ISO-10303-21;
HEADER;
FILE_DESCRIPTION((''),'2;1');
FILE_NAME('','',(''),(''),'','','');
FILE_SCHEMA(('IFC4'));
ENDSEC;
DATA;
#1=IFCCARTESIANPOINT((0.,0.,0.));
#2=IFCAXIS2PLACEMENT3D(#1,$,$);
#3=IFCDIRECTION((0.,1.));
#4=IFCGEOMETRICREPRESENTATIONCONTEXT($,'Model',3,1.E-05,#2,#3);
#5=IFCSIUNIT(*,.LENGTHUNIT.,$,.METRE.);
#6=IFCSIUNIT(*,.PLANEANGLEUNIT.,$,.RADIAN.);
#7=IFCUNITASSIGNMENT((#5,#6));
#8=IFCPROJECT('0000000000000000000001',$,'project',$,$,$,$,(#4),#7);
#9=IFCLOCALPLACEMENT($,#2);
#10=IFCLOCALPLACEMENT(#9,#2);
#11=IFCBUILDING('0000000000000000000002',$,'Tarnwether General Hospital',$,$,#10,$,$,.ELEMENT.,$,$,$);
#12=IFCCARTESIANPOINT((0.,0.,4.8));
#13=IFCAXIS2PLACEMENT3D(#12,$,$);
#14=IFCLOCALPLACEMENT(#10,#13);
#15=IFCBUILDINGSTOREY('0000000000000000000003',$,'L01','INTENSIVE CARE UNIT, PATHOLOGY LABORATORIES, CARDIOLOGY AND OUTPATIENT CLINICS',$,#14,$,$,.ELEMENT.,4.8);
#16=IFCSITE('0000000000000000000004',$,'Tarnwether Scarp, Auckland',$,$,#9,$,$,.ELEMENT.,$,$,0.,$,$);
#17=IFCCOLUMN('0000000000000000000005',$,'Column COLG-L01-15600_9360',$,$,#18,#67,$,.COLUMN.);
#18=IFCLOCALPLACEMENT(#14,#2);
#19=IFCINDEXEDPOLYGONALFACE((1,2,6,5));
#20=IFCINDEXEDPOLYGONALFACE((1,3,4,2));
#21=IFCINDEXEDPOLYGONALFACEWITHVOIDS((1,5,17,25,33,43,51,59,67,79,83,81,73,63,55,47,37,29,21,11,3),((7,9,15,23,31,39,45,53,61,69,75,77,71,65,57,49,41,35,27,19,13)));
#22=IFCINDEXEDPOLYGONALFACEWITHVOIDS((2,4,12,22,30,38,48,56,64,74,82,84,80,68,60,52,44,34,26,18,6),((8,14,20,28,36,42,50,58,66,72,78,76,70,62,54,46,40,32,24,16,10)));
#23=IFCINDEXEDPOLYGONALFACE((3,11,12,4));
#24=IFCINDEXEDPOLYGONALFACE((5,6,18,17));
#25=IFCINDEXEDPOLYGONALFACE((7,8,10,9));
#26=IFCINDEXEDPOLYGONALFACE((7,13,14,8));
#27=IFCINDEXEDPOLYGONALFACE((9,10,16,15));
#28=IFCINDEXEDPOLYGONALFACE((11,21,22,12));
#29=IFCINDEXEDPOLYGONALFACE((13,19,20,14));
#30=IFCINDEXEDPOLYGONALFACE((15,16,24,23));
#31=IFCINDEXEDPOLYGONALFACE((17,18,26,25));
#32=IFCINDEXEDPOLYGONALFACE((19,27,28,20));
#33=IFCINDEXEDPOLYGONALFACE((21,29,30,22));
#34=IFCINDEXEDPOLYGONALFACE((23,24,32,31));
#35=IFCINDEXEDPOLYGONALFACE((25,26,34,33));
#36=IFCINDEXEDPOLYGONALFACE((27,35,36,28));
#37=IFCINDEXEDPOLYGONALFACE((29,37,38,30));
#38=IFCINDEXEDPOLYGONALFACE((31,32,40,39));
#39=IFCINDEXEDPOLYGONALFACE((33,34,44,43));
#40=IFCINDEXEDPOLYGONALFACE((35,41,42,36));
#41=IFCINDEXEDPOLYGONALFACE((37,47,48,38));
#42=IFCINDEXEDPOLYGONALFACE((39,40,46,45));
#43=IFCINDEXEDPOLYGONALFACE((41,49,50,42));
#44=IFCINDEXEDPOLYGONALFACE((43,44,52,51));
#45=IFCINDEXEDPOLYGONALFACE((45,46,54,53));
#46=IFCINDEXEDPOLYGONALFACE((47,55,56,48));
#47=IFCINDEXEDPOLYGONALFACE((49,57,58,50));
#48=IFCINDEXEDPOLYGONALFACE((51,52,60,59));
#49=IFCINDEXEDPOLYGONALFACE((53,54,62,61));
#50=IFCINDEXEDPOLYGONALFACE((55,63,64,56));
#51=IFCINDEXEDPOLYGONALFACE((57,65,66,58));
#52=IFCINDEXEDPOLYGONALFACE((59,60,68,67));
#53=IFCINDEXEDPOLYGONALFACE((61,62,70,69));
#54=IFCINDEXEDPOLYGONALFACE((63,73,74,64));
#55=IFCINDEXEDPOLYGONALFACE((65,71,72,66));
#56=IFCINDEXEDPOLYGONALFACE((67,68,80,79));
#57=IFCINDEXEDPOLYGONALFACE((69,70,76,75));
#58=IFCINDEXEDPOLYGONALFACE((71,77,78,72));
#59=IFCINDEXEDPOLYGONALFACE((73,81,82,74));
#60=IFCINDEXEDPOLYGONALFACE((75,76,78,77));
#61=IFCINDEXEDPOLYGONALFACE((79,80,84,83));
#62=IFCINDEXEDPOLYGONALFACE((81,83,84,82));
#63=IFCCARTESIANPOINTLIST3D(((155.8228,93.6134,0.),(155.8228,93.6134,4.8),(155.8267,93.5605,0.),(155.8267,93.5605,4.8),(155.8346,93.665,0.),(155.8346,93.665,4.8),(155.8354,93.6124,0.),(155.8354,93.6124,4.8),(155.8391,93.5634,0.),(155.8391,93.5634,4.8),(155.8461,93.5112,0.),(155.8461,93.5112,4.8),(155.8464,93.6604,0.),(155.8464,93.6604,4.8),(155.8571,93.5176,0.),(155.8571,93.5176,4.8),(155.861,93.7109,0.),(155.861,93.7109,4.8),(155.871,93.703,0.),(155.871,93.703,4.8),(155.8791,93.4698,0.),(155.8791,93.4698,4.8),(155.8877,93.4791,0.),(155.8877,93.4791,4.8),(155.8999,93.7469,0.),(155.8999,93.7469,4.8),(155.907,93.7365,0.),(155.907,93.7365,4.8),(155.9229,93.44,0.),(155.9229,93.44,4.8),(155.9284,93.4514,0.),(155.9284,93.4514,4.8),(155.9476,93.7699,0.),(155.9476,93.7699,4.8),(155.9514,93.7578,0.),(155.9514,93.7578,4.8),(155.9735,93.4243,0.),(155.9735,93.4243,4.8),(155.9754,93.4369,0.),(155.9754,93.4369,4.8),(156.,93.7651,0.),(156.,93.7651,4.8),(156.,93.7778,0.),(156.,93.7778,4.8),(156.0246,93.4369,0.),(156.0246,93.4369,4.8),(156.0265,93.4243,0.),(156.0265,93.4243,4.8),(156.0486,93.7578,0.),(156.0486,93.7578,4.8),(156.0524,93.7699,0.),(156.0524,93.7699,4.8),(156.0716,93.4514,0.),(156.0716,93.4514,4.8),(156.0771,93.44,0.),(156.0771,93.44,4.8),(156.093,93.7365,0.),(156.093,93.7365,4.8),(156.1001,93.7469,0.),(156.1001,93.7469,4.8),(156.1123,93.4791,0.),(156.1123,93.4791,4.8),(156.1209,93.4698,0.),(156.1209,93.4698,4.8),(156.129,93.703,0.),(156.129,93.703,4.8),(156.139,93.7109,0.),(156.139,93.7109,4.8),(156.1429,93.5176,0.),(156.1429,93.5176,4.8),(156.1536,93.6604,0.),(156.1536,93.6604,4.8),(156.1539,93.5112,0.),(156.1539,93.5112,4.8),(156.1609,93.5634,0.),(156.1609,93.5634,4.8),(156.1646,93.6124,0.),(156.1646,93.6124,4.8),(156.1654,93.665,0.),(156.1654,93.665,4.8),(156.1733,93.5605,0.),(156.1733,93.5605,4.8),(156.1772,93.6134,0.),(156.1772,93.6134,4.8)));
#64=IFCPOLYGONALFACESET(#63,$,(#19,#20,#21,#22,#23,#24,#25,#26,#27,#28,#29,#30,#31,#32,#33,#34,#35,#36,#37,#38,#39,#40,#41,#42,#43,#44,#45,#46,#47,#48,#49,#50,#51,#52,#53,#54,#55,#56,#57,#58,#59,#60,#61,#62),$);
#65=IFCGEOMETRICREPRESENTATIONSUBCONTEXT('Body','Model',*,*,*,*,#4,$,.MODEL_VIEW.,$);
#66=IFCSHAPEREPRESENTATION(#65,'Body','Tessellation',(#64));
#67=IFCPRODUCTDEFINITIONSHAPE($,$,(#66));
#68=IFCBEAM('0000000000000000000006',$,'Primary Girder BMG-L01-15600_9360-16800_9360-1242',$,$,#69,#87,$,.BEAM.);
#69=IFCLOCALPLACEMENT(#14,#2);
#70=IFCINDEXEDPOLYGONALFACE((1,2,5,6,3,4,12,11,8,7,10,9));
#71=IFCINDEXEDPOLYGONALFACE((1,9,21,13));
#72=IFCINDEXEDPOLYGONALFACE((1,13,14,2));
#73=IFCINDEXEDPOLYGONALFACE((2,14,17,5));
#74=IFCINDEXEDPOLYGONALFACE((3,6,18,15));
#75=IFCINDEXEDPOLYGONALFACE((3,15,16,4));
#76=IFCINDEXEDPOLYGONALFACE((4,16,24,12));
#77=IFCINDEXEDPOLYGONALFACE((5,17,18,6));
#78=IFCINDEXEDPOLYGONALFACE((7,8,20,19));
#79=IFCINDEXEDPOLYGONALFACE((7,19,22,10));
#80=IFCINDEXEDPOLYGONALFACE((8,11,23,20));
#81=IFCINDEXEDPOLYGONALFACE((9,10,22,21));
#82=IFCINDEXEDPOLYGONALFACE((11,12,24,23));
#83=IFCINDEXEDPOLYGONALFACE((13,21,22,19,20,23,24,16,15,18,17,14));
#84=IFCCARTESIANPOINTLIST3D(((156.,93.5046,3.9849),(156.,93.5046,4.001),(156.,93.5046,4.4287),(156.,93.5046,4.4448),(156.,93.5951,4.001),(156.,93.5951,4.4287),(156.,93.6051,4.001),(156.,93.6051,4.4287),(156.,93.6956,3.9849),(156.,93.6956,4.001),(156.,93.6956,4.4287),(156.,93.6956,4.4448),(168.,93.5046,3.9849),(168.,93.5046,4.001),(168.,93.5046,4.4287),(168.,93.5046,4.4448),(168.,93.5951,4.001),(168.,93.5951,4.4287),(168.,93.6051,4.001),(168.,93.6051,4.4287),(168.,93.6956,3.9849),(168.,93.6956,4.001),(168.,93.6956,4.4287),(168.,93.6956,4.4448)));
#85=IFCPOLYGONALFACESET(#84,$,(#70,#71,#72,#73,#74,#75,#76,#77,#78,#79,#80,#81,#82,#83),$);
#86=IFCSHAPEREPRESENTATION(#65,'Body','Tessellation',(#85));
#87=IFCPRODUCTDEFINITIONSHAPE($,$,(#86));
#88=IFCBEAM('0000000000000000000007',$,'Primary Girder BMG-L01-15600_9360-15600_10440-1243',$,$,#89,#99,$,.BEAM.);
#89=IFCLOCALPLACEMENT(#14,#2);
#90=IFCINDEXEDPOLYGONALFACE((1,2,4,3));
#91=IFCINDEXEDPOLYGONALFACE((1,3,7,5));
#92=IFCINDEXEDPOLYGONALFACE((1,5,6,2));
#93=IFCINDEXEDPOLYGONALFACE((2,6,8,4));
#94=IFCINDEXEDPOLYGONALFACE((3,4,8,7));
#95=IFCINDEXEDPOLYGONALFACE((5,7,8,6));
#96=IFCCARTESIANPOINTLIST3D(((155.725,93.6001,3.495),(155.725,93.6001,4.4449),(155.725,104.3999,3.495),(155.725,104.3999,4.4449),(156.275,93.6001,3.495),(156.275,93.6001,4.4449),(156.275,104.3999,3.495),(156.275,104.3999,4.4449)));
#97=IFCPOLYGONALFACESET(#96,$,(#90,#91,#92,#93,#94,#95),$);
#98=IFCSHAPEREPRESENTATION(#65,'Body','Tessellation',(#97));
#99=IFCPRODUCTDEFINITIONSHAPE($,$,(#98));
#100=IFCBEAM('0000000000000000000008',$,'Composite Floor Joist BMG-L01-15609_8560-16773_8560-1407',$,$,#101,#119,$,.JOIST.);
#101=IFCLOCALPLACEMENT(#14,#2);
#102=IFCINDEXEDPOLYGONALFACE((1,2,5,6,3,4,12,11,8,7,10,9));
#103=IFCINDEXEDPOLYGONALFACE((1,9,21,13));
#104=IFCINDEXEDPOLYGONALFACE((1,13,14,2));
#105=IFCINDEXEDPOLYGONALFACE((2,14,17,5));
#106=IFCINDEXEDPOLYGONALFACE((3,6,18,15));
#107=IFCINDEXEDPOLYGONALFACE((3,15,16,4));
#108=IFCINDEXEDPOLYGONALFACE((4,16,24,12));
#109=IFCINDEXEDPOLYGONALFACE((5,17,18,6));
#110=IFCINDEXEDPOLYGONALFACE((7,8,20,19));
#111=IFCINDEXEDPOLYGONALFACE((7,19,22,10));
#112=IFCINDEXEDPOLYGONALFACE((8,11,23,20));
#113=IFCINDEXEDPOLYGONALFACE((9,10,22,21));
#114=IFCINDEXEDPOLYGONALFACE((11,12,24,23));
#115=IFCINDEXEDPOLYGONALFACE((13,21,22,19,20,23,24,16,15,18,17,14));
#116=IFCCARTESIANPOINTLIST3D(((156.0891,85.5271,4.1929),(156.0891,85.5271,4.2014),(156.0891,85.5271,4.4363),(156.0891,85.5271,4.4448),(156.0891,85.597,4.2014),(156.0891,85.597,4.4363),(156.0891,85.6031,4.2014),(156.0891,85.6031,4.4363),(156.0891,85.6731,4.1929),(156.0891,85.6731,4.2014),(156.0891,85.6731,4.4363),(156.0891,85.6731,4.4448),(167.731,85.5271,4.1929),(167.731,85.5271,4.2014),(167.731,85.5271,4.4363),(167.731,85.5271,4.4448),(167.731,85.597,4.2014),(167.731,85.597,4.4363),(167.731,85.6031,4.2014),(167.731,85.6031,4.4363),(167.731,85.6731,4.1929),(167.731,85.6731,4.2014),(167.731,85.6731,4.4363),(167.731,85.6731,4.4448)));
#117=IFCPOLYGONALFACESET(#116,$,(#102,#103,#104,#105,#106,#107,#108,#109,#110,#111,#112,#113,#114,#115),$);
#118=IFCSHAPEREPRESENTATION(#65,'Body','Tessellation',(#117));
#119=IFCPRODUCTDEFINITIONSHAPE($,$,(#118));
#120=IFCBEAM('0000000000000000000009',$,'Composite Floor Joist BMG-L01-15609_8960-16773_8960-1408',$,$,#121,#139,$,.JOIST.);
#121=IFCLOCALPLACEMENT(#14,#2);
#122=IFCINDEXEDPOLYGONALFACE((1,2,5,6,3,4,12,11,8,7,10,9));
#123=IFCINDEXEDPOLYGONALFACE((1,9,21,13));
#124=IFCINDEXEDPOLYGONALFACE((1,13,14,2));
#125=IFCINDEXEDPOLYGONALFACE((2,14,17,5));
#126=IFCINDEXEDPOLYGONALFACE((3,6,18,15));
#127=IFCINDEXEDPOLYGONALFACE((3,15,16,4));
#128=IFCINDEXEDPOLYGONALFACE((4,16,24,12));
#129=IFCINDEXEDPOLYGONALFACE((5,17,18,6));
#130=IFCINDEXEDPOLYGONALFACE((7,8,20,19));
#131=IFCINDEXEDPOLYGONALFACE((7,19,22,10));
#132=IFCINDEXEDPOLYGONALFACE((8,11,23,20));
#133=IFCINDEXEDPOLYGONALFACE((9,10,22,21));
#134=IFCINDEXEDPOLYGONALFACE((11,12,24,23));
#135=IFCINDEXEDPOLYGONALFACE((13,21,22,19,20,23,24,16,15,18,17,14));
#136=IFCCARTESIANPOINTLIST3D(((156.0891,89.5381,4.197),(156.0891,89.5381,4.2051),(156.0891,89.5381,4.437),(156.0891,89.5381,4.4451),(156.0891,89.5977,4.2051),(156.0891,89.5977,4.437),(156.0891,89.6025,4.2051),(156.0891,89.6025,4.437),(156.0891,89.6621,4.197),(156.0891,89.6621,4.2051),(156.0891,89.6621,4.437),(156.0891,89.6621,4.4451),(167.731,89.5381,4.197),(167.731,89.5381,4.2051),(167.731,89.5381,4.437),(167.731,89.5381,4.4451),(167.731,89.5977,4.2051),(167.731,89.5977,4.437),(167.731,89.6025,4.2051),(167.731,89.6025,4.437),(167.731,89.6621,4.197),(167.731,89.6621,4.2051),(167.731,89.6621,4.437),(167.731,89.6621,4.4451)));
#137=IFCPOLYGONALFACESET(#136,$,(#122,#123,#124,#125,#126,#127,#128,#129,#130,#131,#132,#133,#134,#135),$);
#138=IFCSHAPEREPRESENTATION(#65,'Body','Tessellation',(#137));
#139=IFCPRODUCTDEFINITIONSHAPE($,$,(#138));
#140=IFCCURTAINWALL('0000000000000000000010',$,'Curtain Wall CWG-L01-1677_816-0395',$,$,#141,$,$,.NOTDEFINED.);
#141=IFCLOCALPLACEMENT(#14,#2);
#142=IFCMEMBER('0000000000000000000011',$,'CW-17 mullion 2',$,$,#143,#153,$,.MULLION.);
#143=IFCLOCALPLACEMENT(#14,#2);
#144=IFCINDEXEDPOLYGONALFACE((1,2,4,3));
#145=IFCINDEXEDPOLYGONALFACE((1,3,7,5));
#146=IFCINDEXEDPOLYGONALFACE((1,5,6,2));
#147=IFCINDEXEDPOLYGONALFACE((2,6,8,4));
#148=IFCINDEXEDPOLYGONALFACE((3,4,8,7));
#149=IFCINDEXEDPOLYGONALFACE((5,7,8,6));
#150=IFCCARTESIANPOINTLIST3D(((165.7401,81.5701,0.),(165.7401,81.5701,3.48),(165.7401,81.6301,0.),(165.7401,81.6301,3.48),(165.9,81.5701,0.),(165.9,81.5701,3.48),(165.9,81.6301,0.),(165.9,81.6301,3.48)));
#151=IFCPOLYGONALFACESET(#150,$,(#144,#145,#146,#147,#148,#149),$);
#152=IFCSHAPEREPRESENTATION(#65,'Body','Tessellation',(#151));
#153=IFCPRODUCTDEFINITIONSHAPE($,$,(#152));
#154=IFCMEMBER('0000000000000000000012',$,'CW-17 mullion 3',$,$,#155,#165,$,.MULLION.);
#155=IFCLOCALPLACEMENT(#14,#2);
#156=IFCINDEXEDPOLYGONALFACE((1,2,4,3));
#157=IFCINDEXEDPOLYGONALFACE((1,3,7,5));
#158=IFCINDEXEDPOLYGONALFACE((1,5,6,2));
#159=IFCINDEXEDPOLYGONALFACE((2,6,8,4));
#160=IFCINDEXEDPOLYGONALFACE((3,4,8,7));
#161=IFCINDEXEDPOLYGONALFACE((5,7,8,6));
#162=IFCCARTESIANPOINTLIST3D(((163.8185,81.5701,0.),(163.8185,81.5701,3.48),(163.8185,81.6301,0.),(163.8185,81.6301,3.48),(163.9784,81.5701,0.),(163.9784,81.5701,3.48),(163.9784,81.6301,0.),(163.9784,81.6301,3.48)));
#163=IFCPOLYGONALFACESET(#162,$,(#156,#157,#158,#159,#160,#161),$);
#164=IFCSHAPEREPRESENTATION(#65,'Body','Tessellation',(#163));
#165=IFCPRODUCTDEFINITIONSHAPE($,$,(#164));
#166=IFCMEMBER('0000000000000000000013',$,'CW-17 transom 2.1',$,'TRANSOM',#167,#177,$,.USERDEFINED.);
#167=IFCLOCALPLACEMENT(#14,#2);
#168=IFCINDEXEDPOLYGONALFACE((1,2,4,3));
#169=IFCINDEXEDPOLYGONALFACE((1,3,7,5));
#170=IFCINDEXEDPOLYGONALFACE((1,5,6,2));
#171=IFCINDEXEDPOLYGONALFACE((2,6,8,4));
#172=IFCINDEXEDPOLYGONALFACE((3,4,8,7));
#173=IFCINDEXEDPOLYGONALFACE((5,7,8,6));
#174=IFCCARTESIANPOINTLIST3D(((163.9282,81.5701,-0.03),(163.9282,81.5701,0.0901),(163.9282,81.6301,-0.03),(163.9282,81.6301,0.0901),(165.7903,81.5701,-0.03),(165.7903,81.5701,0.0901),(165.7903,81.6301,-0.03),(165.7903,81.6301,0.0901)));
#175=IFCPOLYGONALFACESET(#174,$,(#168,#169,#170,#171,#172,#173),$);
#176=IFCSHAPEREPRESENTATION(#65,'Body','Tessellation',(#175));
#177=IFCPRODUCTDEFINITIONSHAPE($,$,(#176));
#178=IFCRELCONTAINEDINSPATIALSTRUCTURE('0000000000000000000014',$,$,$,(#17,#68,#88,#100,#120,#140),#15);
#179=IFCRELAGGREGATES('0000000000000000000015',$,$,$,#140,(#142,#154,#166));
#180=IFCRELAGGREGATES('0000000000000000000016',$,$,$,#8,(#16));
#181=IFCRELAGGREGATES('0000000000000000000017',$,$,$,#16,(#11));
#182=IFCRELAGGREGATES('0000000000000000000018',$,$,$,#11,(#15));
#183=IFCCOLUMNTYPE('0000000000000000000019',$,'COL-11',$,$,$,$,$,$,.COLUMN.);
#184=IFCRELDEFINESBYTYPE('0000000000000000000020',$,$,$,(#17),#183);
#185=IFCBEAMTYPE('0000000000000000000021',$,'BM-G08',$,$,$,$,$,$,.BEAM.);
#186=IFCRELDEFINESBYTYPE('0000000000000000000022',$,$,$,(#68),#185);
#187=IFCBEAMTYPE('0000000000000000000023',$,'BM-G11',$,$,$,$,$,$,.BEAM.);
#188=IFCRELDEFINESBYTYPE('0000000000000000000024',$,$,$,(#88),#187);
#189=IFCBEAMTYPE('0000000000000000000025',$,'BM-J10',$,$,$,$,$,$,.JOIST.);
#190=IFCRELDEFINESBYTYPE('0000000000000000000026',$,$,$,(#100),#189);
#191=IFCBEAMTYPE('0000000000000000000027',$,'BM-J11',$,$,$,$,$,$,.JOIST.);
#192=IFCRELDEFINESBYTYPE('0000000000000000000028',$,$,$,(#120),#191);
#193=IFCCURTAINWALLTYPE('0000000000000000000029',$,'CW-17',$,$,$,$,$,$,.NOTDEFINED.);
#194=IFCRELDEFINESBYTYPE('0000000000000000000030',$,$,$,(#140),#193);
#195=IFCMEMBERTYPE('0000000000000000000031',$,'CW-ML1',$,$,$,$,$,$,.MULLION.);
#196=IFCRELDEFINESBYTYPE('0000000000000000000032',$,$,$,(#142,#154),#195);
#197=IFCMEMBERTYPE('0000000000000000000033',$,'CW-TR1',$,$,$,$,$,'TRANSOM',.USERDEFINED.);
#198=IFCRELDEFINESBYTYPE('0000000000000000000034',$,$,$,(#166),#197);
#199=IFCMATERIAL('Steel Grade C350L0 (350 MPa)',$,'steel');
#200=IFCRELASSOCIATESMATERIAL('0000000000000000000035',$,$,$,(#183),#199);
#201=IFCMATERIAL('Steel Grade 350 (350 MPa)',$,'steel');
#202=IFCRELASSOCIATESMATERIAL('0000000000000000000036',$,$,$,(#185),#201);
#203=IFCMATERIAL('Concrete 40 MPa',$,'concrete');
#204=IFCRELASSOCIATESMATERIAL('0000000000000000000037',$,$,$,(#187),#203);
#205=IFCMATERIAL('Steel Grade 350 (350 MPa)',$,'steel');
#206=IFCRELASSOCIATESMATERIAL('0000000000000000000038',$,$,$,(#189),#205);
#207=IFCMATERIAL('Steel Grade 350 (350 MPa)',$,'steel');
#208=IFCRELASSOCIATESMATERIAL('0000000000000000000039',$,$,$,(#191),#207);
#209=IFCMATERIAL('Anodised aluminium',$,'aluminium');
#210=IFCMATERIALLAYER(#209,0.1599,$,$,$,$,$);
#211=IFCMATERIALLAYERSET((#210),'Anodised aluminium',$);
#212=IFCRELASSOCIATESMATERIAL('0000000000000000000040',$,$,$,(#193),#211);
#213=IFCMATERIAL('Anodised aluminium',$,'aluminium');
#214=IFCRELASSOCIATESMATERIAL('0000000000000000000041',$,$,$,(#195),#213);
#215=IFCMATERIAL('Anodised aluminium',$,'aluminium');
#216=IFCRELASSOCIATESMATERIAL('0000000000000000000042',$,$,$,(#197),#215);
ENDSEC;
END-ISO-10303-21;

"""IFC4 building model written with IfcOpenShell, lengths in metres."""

from ifc_helpers import new_model, si_unit, direction, frame, origin, origin_2d, place, context, subcontext, project, spatial, rectangle, hollow_circle, i_section, extrude, material, layer, layer_set, material_profile, profile_set, type_object, element, aggregate, save


model = new_model("IFC4")

# Units and contexts
model_context = context("Model", 3, precision=1e-05, world=origin(), true_north=direction((0.0, 1.0)))
body_context = subcontext(model_context, "Body", "Model", "MODEL_VIEW")
ifc_project = project(units=[si_unit("LENGTHUNIT", "METRE"), si_unit("PLANEANGLEUNIT", "RADIAN")], contexts=[model_context])

# Site, building, storey
site_placement = place(None, origin())
site = spatial("IfcSite", under=ifc_project, at=site_placement, Name="Tarnwether Scarp, Auckland", CompositionType="ELEMENT", RefElevation=0.0)
building_placement = place(site_placement, origin())
building = spatial("IfcBuilding", under=site, at=building_placement, Name="Tarnwether General Hospital", CompositionType="ELEMENT")
storey_placement = place(building_placement, frame((0.0, 0.0, 4.8)))
storey = spatial("IfcBuildingStorey", under=building, at=storey_placement, Name="L01", Description="INTENSIVE CARE UNIT, PATHOLOGY LABORATORIES, CARDIOLOGY AND OUTPATIENT CLINICS", CompositionType="ELEMENT", Elevation=4.8)

# Column
ifc_material_1 = material(Name="Steel Grade C350L0 (350 MPa)", Category="steel")
ifc_material_profile_1 = material_profile(ifc_material_1, hollow_circle(Radius=0.1777, WallThickness=0.0127, at=origin_2d()), Name="CHS355.6x12.7")
ifc_profile_set_1 = profile_set([ifc_material_profile_1], Name="Steel Grade C350L0 (350 MPa)")
column_type = type_object("IfcColumnType", Name="COL-11", PredefinedType="COLUMN", material=ifc_profile_set_1)
column_placement = place(storey_placement, frame((156.0, 93.6001, 0.0), z_axis=(0.0, 0.0, 1.0), x_axis=(0.0, 1.0, 0.0)))
element("IfcColumn", 1, at=column_placement, inside=storey, type_object=column_type, Name="Column COLG-L01-15600_9360", PredefinedType="COLUMN", context=body_context, shape_type="SweptSolid", body=[
    extrude(hollow_circle(Radius=0.1777, WallThickness=0.0127, at=origin_2d()), origin(), (0.0, 0.0, 1.0), 4.8),
])

# Beams
ifc_material_2 = material(Name="Steel Grade 350 (350 MPa)", Category="steel")
ifc_material_profile_2 = material_profile(ifc_material_2, i_section(OverallWidth=0.1909, OverallDepth=0.46, WebThickness=0.01, FlangeThickness=0.0161, at=origin_2d()), Name="460UB82.1")
ifc_profile_set_2 = profile_set([ifc_material_profile_2], Name="Steel Grade 350 (350 MPa)")
beam_type_1 = type_object("IfcBeamType", Name="BM-G08", PredefinedType="BEAM", material=ifc_profile_set_2)
beam_1_placement = place(storey_placement, frame((156.0, 93.6001, 4.2148), z_axis=(1.0, 0.0, 0.0), x_axis=(0.0, 1.0, 0.0)))
element("IfcBeam", 2, at=beam_1_placement, inside=storey, type_object=beam_type_1, Name="Primary Girder BMG-L01-15600_9360-16800_9360-1242", PredefinedType="BEAM", context=body_context, shape_type="SweptSolid", body=[
    extrude(i_section(OverallWidth=0.1909, OverallDepth=0.46, WebThickness=0.01, FlangeThickness=0.0161, at=origin_2d()), origin(), (0.0, 0.0, 1.0), 12.0),
])
ifc_material_3 = material(Name="Concrete 40 MPa", Category="concrete")
ifc_material_profile_3 = material_profile(ifc_material_3, rectangle(XDim=0.55, YDim=0.95, at=origin_2d()), Name="RC-BM-550x950")
ifc_profile_set_3 = profile_set([ifc_material_profile_3], Name="Concrete 40 MPa")
beam_type_2 = type_object("IfcBeamType", Name="BM-G11", PredefinedType="BEAM", material=ifc_profile_set_3)
beam_2_placement = place(storey_placement, frame((156.0, 93.6001, 3.97), z_axis=(0.0, 1.0, 0.0), x_axis=(-1.0, 0.0, 0.0)))
element("IfcBeam", 3, at=beam_2_placement, inside=storey, type_object=beam_type_2, Name="Primary Girder BMG-L01-15600_9360-15600_10440-1243", PredefinedType="BEAM", context=body_context, shape_type="SweptSolid", body=[
    extrude(rectangle(XDim=0.55, YDim=0.95, at=origin_2d()), origin(), (0.0, 0.0, 1.0), 10.7998),
])
ifc_material_4 = material(Name="Steel Grade 350 (350 MPa)", Category="steel")
ifc_material_profile_4 = material_profile(ifc_material_4, i_section(OverallWidth=0.146, OverallDepth=0.252, WebThickness=0.0061, FlangeThickness=0.0085, at=origin_2d()), Name="250UB31.4")
ifc_profile_set_4 = profile_set([ifc_material_profile_4], Name="Steel Grade 350 (350 MPa)")
beam_type_3 = type_object("IfcBeamType", Name="BM-J10", PredefinedType="JOIST", material=ifc_profile_set_4)
beam_3_placement = place(storey_placement, frame((156.0891, 85.6001, 4.3188), z_axis=(1.0, 0.0, 0.0), x_axis=(0.0, 1.0, 0.0)))
element("IfcBeam", 4, at=beam_3_placement, inside=storey, type_object=beam_type_3, Name="Composite Floor Joist BMG-L01-15609_8560-16773_8560-1407", PredefinedType="JOIST", context=body_context, shape_type="SweptSolid", body=[
    extrude(i_section(OverallWidth=0.146, OverallDepth=0.252, WebThickness=0.0061, FlangeThickness=0.0085, at=origin_2d()), origin(), (0.0, 0.0, 1.0), 11.6418),
])
ifc_material_5 = material(Name="Steel Grade 350 (350 MPa)", Category="steel")
ifc_material_profile_5 = material_profile(ifc_material_5, i_section(OverallWidth=0.124, OverallDepth=0.248, WebThickness=0.0049, FlangeThickness=0.0081, at=origin_2d()), Name="250UB25.7")
ifc_profile_set_5 = profile_set([ifc_material_profile_5], Name="Steel Grade 350 (350 MPa)")
beam_type_4 = type_object("IfcBeamType", Name="BM-J11", PredefinedType="JOIST", material=ifc_profile_set_5)
beam_4_placement = place(storey_placement, frame((156.0891, 89.6001, 4.321), z_axis=(1.0, 0.0, 0.0), x_axis=(0.0, 1.0, 0.0)))
element("IfcBeam", 5, at=beam_4_placement, inside=storey, type_object=beam_type_4, Name="Composite Floor Joist BMG-L01-15609_8960-16773_8960-1408", PredefinedType="JOIST", context=body_context, shape_type="SweptSolid", body=[
    extrude(i_section(OverallWidth=0.124, OverallDepth=0.248, WebThickness=0.0049, FlangeThickness=0.0081, at=origin_2d()), origin(), (0.0, 0.0, 1.0), 11.6418),
])

# Curtain wall, members
ifc_material_6 = material(Name="Anodised aluminium", Category="aluminium")
ifc_layer_1 = layer(ifc_material_6, 0.1599)
ifc_layer_set_1 = layer_set([ifc_layer_1], Name="Anodised aluminium")
curtain_wall_type = type_object("IfcCurtainWallType", Name="CW-17", PredefinedType="NOTDEFINED", material=ifc_layer_set_1)
curtain_wall_placement = place(storey_placement, origin())
curtain_wall = element("IfcCurtainWall", 6, at=curtain_wall_placement, inside=storey, type_object=curtain_wall_type, Name="Curtain Wall CWG-L01-1677_816-0395", PredefinedType="NOTDEFINED")
ifc_material_7 = material(Name="Anodised aluminium", Category="aluminium")
ifc_material_profile_6 = material_profile(ifc_material_7, rectangle(XDim=0.0601, YDim=0.1599, at=origin_2d()), Name="ALU-MUL-60x160")
ifc_profile_set_6 = profile_set([ifc_material_profile_6], Name="Anodised aluminium")
member_type_1 = type_object("IfcMemberType", Name="CW-ML1", PredefinedType="MULLION", material=ifc_profile_set_6)
member_1_placement = place(storey_placement, frame((165.8201, 81.6001, 0.0), z_axis=(0.0, 0.0, 1.0), x_axis=(0.0, -1.0, 0.0)))
member_1 = element("IfcMember", 7, at=member_1_placement, type_object=member_type_1, Name="CW-17 mullion 2", PredefinedType="MULLION", context=body_context, shape_type="SweptSolid", body=[
    extrude(rectangle(XDim=0.0601, YDim=0.1599, at=origin_2d()), origin(), (0.0, 0.0, 1.0), 3.48),
])
member_2_placement = place(storey_placement, frame((163.8984, 81.6001, 0.0), z_axis=(0.0, 0.0, 1.0), x_axis=(0.0, -1.0, 0.0)))
member_2 = element("IfcMember", 8, at=member_2_placement, type_object=member_type_1, Name="CW-17 mullion 3", PredefinedType="MULLION", context=body_context, shape_type="SweptSolid", body=[
    extrude(rectangle(XDim=0.0601, YDim=0.1599, at=origin_2d()), origin(), (0.0, 0.0, 1.0), 3.48),
])
ifc_material_8 = material(Name="Anodised aluminium", Category="aluminium")
ifc_material_profile_7 = material_profile(ifc_material_8, rectangle(XDim=0.0601, YDim=0.1201, at=origin_2d()), Name="ALU-TRN-60x120")
ifc_profile_set_7 = profile_set([ifc_material_profile_7], Name="Anodised aluminium")
member_type_2 = type_object("IfcMemberType", Name="CW-TR1", ElementType="TRANSOM", PredefinedType="USERDEFINED", material=ifc_profile_set_7)
member_3_placement = place(storey_placement, frame((165.7903, 81.6001, 0.03), z_axis=(-1.0, 0.0, 0.0), x_axis=(0.0, -1.0, 0.0)))
member_3 = element("IfcMember", 9, at=member_3_placement, type_object=member_type_2, Name="CW-17 transom 2.1", ObjectType="TRANSOM", PredefinedType="USERDEFINED", context=body_context, shape_type="SweptSolid", body=[
    extrude(rectangle(XDim=0.0601, YDim=0.1201, at=origin_2d()), origin(), (0.0, 0.0, 1.0), 1.8621),
])
aggregate(curtain_wall, [member_1, member_2, member_3])

save(model, "model.ifc")
